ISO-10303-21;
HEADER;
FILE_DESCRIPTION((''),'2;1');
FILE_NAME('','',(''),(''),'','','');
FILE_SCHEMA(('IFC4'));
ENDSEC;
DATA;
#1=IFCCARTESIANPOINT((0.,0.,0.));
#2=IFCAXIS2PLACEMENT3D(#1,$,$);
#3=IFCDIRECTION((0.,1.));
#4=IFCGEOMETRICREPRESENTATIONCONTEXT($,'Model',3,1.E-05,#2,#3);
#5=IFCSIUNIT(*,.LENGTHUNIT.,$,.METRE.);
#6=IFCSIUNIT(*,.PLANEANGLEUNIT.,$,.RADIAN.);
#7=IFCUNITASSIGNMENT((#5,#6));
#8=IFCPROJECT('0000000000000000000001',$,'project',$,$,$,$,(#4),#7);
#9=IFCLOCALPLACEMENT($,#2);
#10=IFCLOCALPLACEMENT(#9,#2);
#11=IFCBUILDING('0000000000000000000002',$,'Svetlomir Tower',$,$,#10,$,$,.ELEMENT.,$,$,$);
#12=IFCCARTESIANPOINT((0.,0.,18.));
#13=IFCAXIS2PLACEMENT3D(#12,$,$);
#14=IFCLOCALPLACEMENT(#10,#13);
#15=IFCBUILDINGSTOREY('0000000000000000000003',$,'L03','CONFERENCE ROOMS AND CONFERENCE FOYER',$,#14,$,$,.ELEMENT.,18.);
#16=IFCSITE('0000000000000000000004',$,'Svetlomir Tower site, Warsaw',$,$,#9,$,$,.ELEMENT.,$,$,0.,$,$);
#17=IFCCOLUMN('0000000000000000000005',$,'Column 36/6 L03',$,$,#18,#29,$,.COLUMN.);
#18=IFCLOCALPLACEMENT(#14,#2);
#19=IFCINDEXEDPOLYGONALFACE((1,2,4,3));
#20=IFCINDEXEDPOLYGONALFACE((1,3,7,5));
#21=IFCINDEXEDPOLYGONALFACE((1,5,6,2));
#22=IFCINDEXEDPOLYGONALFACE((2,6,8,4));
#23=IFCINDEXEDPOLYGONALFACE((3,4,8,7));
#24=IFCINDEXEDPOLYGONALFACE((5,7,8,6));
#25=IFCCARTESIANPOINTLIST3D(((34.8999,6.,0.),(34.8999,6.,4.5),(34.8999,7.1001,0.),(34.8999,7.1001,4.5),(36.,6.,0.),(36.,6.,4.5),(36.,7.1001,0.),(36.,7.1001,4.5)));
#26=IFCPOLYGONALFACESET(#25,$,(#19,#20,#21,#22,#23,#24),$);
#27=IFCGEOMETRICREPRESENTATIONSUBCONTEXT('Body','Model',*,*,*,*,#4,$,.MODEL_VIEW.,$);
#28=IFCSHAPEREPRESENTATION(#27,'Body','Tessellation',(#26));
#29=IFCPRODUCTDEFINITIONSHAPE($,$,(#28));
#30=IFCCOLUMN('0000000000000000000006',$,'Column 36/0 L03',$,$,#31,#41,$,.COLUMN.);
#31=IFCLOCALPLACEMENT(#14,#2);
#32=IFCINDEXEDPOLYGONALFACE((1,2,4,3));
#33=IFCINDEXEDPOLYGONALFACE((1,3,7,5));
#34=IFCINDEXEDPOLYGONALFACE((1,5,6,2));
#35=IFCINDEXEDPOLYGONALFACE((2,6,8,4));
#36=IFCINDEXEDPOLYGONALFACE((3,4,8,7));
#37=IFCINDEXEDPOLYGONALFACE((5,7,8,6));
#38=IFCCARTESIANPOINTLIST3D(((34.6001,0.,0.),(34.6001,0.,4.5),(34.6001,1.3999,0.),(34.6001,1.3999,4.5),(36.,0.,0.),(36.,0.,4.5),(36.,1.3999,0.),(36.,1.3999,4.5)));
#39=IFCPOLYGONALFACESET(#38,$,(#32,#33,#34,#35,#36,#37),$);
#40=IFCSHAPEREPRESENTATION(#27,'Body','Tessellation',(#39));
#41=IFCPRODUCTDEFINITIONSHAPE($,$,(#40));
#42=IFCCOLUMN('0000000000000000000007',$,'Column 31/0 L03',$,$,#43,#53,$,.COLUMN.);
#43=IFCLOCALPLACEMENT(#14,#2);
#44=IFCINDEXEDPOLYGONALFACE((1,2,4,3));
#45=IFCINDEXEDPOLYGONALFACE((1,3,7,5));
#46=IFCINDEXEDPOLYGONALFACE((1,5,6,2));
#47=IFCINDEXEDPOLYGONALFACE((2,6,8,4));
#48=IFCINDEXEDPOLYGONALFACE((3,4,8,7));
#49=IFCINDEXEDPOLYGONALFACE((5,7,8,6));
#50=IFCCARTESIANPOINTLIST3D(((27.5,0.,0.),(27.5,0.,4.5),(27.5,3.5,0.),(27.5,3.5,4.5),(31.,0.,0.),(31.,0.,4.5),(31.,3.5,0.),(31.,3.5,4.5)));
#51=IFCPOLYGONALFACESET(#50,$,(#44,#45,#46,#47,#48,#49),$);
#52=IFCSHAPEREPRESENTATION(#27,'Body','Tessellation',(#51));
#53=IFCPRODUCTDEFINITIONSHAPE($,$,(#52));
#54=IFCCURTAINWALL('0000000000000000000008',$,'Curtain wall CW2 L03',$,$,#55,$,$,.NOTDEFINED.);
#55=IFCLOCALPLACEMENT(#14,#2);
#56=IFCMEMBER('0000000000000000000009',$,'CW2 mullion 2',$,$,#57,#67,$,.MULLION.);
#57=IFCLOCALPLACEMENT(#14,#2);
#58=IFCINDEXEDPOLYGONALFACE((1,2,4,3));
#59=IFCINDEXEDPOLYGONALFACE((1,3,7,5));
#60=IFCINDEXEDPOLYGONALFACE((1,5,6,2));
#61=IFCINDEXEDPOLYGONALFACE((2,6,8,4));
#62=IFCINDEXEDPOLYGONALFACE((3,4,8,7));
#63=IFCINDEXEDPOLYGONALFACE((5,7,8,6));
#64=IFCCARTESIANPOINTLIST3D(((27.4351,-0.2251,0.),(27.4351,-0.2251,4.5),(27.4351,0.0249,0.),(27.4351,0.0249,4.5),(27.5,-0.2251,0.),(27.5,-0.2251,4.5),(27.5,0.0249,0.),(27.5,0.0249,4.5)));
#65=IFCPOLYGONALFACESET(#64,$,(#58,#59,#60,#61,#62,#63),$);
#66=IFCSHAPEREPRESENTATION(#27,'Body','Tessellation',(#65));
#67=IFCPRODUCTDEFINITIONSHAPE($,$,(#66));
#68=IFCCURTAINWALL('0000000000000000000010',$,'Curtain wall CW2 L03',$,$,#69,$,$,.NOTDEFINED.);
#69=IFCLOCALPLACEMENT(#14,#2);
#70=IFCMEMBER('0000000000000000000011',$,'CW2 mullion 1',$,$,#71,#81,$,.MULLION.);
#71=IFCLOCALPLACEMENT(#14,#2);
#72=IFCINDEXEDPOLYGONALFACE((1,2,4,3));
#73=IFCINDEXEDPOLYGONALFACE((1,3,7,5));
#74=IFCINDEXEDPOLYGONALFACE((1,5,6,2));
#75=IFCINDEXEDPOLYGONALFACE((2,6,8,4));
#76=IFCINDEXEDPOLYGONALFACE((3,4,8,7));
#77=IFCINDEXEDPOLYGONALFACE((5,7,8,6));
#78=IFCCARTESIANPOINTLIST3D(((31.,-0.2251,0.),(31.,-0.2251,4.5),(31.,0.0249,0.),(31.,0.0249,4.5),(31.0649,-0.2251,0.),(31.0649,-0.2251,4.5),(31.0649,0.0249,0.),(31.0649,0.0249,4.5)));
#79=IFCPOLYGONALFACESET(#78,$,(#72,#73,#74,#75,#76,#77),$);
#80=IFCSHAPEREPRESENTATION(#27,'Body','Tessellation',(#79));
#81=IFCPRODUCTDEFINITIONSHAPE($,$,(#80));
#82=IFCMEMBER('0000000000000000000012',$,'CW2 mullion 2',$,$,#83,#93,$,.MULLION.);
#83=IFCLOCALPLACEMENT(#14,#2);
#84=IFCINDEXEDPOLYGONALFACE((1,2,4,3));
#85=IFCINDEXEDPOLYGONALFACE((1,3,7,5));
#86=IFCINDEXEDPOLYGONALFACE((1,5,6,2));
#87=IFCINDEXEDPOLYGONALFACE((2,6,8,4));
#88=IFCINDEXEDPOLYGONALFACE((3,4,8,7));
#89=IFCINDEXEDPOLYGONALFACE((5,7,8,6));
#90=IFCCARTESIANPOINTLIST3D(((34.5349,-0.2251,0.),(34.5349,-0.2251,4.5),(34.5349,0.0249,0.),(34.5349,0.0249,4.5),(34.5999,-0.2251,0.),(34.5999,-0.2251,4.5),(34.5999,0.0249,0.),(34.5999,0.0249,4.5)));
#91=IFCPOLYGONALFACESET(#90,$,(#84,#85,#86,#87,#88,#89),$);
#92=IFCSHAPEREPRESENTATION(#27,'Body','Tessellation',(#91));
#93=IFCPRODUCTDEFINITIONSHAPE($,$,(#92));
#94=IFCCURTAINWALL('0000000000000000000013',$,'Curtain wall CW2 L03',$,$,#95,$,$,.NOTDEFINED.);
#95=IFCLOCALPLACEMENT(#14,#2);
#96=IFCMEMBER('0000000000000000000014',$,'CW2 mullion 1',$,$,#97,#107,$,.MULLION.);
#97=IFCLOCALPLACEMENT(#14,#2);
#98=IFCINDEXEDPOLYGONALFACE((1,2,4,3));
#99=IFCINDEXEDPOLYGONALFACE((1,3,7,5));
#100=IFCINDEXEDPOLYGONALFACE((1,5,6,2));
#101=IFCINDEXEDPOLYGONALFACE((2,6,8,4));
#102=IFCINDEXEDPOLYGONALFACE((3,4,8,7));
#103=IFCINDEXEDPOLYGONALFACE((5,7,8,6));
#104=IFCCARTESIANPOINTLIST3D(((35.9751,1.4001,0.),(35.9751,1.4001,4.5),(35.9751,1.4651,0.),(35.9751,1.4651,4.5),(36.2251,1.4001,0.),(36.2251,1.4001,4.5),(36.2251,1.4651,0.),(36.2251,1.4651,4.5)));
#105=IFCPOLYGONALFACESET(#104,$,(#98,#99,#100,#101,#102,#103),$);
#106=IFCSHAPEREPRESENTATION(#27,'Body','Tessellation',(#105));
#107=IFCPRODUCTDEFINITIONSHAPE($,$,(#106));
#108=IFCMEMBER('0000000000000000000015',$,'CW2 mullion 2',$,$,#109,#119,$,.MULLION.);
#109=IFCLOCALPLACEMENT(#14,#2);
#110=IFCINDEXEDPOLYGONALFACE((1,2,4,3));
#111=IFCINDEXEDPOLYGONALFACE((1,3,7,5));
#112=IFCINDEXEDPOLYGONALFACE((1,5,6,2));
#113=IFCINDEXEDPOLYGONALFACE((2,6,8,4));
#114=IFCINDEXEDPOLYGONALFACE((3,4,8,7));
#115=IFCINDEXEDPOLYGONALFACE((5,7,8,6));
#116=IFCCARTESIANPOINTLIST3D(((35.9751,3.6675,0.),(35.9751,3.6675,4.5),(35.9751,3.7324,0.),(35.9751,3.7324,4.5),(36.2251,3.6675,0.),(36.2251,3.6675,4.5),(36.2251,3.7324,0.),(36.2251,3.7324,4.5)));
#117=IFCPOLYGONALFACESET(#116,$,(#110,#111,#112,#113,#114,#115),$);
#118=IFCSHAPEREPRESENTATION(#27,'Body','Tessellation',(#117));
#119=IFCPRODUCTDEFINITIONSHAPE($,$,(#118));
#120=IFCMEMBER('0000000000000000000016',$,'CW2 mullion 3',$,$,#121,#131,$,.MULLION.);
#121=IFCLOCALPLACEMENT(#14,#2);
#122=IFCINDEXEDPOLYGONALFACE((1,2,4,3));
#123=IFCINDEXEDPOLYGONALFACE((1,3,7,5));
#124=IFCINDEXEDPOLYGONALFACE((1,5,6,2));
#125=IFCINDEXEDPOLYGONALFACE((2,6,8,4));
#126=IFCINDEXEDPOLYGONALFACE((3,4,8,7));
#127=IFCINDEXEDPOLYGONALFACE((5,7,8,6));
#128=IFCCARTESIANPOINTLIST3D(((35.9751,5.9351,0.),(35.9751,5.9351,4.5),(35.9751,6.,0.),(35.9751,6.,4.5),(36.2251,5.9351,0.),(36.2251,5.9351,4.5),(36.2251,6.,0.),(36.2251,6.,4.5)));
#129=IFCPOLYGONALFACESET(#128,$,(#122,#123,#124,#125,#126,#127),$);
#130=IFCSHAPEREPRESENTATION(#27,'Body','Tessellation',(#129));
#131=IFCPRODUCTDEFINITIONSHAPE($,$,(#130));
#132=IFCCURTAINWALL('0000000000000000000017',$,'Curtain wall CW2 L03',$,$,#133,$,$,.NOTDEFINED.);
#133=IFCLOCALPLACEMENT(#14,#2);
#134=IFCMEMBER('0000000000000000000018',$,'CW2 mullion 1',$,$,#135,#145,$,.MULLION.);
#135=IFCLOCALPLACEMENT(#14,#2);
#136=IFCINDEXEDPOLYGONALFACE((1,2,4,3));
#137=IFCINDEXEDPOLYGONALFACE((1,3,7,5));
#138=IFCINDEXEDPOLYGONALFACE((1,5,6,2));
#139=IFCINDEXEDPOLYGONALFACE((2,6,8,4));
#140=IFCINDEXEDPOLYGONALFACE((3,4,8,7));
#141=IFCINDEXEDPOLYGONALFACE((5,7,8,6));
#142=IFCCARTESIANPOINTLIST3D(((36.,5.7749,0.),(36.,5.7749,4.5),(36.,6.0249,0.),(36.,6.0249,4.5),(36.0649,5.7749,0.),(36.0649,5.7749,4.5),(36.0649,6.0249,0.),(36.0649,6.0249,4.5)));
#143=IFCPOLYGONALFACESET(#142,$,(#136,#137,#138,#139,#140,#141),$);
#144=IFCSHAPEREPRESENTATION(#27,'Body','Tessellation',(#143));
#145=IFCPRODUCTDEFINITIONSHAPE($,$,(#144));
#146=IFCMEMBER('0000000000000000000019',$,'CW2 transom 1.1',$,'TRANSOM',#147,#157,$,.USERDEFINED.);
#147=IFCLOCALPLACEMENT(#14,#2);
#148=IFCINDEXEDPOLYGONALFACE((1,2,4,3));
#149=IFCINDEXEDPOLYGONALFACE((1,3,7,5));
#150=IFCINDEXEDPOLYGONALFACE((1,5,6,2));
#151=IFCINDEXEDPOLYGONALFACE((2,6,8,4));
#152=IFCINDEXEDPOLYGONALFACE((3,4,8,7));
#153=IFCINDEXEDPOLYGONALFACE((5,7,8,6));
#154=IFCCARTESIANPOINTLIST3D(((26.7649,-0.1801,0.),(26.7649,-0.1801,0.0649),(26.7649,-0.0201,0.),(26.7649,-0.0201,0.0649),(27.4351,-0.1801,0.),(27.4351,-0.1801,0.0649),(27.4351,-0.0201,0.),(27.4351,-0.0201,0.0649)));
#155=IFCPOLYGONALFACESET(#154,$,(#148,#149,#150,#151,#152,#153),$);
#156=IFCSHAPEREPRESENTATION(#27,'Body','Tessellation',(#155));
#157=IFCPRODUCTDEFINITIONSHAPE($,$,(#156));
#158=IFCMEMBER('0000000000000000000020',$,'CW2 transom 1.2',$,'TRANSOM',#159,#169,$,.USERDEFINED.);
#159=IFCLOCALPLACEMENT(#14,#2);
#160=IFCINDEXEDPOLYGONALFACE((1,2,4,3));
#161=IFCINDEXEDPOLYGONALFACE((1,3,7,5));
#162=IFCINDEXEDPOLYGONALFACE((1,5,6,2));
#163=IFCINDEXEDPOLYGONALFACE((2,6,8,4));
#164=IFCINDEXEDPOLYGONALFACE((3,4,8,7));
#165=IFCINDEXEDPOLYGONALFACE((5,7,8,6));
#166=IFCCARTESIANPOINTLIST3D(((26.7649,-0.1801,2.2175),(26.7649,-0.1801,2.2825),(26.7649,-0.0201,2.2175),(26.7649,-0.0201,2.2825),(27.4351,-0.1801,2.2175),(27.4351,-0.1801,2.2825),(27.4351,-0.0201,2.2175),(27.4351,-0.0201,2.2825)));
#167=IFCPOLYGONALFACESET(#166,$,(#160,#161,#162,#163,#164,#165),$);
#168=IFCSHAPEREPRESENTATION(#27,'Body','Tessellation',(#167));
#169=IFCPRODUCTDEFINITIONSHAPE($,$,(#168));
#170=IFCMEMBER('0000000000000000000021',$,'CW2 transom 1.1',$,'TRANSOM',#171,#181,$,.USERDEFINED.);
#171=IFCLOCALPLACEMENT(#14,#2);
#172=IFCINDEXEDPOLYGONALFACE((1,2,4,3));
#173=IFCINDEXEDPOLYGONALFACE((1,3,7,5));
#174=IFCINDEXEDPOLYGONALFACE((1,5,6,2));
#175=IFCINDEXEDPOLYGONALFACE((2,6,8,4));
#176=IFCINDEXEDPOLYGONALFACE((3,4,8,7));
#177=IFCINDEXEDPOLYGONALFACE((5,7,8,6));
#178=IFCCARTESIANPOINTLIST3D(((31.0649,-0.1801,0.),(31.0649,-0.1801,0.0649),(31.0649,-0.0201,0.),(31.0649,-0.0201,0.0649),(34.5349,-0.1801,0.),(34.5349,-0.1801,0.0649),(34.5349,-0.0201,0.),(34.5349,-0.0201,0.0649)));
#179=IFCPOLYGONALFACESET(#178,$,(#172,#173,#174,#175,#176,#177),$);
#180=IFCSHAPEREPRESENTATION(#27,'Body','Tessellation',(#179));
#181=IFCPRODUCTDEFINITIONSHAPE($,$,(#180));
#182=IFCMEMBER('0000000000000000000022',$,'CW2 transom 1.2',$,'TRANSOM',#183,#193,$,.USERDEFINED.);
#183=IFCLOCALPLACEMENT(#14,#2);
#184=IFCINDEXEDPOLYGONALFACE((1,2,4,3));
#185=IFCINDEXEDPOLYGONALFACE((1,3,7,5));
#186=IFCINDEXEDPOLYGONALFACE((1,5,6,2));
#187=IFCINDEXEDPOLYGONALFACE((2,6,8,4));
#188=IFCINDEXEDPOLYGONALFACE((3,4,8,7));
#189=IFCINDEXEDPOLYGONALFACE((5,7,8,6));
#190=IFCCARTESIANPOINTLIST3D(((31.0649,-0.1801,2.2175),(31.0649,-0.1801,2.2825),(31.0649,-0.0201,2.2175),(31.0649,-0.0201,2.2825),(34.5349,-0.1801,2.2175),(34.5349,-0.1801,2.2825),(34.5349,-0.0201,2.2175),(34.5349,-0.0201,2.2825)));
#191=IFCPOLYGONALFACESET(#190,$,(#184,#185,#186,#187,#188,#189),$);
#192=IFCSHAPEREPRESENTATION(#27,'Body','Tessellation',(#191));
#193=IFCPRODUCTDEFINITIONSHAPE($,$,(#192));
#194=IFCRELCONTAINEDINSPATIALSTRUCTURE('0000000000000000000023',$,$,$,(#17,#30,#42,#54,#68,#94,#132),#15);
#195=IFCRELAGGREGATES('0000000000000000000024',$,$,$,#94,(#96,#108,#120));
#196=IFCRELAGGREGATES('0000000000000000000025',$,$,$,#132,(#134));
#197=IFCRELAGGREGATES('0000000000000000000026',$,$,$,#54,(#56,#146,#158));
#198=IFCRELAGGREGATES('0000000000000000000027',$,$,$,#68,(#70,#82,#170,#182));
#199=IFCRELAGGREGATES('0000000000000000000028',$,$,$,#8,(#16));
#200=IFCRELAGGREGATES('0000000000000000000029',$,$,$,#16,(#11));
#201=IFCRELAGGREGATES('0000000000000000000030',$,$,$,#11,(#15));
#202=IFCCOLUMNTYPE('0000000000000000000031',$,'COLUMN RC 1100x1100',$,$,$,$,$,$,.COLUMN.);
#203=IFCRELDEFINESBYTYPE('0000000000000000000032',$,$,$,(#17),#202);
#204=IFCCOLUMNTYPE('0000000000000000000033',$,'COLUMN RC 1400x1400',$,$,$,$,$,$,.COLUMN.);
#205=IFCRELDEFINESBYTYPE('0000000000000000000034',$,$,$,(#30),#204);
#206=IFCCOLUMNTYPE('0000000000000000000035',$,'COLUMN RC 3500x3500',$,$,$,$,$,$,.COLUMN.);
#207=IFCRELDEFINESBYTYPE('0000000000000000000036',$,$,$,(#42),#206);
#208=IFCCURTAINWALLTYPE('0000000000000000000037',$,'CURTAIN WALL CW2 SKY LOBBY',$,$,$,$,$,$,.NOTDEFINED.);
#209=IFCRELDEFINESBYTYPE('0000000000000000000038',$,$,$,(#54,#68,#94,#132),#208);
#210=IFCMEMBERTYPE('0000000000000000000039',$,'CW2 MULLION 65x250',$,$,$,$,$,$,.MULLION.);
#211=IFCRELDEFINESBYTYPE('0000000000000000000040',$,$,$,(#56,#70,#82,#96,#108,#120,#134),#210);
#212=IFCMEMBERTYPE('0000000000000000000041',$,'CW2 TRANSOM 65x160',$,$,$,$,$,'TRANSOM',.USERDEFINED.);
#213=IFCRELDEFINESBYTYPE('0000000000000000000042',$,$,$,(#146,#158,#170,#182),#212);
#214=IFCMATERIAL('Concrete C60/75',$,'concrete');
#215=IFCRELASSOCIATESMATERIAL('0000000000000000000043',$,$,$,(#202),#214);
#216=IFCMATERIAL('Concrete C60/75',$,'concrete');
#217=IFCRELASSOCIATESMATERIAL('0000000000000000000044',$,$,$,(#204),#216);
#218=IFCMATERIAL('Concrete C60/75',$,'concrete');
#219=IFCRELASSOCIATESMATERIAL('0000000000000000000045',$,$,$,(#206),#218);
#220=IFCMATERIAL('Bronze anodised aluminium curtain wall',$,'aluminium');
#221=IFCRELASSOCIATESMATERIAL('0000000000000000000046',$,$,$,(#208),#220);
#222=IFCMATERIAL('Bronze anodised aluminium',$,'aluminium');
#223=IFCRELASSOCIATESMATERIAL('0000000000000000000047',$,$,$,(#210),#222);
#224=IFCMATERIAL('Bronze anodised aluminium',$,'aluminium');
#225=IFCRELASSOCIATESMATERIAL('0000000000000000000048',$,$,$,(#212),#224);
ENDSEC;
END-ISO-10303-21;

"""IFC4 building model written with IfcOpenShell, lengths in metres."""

from ifc_helpers import new_model, si_unit, direction, frame, origin, origin_2d, place, context, subcontext, project, spatial, rectangle, extrude, material, material_profile, profile_set, type_object, element, aggregate, save


model = new_model("IFC4")

# Units and contexts
model_context = context("Model", 3, precision=1e-05, world=origin(), true_north=direction((0.0, 1.0)))
body_context = subcontext(model_context, "Body", "Model", "MODEL_VIEW")
ifc_project = project(units=[si_unit("LENGTHUNIT", "METRE"), si_unit("PLANEANGLEUNIT", "RADIAN")], contexts=[model_context])

# Site, building, storey
site_placement = place(None, origin())
site = spatial("IfcSite", under=ifc_project, at=site_placement, Name="Svetlomir Tower site, Warsaw", CompositionType="ELEMENT", RefElevation=0.0)
building_placement = place(site_placement, origin())
building = spatial("IfcBuilding", under=site, at=building_placement, Name="Svetlomir Tower", CompositionType="ELEMENT")
storey_placement = place(building_placement, frame((0.0, 0.0, 18.0)))
storey = spatial("IfcBuildingStorey", under=building, at=storey_placement, Name="L03", Description="CONFERENCE ROOMS AND CONFERENCE FOYER", CompositionType="ELEMENT", Elevation=18.0)

# Columns
ifc_material_1 = material(Name="Concrete C60/75", Category="concrete")
ifc_material_profile_1 = material_profile(ifc_material_1, rectangle(XDim=1.1001, YDim=1.1001, at=origin_2d()), Name="RC 1100x1100")
ifc_profile_set_1 = profile_set([ifc_material_profile_1], Name="Concrete C60/75")
column_type_1 = type_object("IfcColumnType", Name="COLUMN RC 1100x1100", PredefinedType="COLUMN", material=ifc_profile_set_1)
column_1_placement = place(storey_placement, frame((35.45, 6.55, 0.0), z_axis=(0.0, 0.0, 1.0), x_axis=(1.0, 0.0, 0.0)))
element("IfcColumn", 1, at=column_1_placement, inside=storey, type_object=column_type_1, Name="Column 36/6 L03", PredefinedType="COLUMN", context=body_context, shape_type="SweptSolid", body=[
    extrude(rectangle(XDim=1.1001, YDim=1.1001, at=origin_2d()), origin(), (0.0, 0.0, 1.0), 4.5),
])
ifc_material_2 = material(Name="Concrete C60/75", Category="concrete")
ifc_material_profile_2 = material_profile(ifc_material_2, rectangle(XDim=1.3999, YDim=1.3999, at=origin_2d()), Name="RC 1400x1400")
ifc_profile_set_2 = profile_set([ifc_material_profile_2], Name="Concrete C60/75")
column_type_2 = type_object("IfcColumnType", Name="COLUMN RC 1400x1400", PredefinedType="COLUMN", material=ifc_profile_set_2)
column_2_placement = place(storey_placement, frame((35.3, 0.7, 0.0), z_axis=(0.0, 0.0, 1.0), x_axis=(1.0, 0.0, 0.0)))
element("IfcColumn", 2, at=column_2_placement, inside=storey, type_object=column_type_2, Name="Column 36/0 L03", PredefinedType="COLUMN", context=body_context, shape_type="SweptSolid", body=[
    extrude(rectangle(XDim=1.3999, YDim=1.3999, at=origin_2d()), origin(), (0.0, 0.0, 1.0), 4.5),
])
ifc_material_3 = material(Name="Concrete C60/75", Category="concrete")
ifc_material_profile_3 = material_profile(ifc_material_3, rectangle(XDim=3.5, YDim=3.5, at=origin_2d()), Name="RC 3500x3500")
ifc_profile_set_3 = profile_set([ifc_material_profile_3], Name="Concrete C60/75")
column_type_3 = type_object("IfcColumnType", Name="COLUMN RC 3500x3500", PredefinedType="COLUMN", material=ifc_profile_set_3)
column_3_placement = place(storey_placement, frame((29.25, 1.75, 0.0), z_axis=(0.0, 0.0, 1.0), x_axis=(1.0, 0.0, 0.0)))
element("IfcColumn", 3, at=column_3_placement, inside=storey, type_object=column_type_3, Name="Column 31/0 L03", PredefinedType="COLUMN", context=body_context, shape_type="SweptSolid", body=[
    extrude(rectangle(XDim=3.5, YDim=3.5, at=origin_2d()), origin(), (0.0, 0.0, 1.0), 4.5),
])

# Curtain wall, member
ifc_material_4 = material(Name="Bronze anodised aluminium curtain wall", Category="aluminium")
curtain_wall_type = type_object("IfcCurtainWallType", Name="CURTAIN WALL CW2 SKY LOBBY", PredefinedType="NOTDEFINED", material=ifc_material_4)
curtain_wall_1_placement = place(storey_placement, origin())
curtain_wall_1 = element("IfcCurtainWall", 4, at=curtain_wall_1_placement, inside=storey, type_object=curtain_wall_type, Name="Curtain wall CW2 L03", PredefinedType="NOTDEFINED")
ifc_material_5 = material(Name="Bronze anodised aluminium", Category="aluminium")
ifc_material_profile_4 = material_profile(ifc_material_5, rectangle(XDim=0.0649, YDim=0.25, at=origin_2d()), Name="AL 65x250")
ifc_profile_set_4 = profile_set([ifc_material_profile_4], Name="Bronze anodised aluminium 6063-T6")
member_type_1 = type_object("IfcMemberType", Name="CW2 MULLION 65x250", PredefinedType="MULLION", material=ifc_profile_set_4)
member_1_placement = place(storey_placement, frame((27.4675, -0.1001, 0.0), z_axis=(0.0, 0.0, 1.0), x_axis=(1.0, 0.0, 0.0)))
member_1 = element("IfcMember", 5, at=member_1_placement, type_object=member_type_1, Name="CW2 mullion 2", PredefinedType="MULLION", context=body_context, shape_type="SweptSolid", body=[
    extrude(rectangle(XDim=0.0649, YDim=0.25, at=origin_2d()), origin(), (0.0, 0.0, 1.0), 4.5),
])

# Curtain walls, members
curtain_wall_2_placement = place(storey_placement, origin())
curtain_wall_2 = element("IfcCurtainWall", 6, at=curtain_wall_2_placement, inside=storey, type_object=curtain_wall_type, Name="Curtain wall CW2 L03", PredefinedType="NOTDEFINED")
member_2_placement = place(storey_placement, frame((31.0325, -0.1001, 0.0), z_axis=(0.0, 0.0, 1.0), x_axis=(1.0, 0.0, 0.0)))
member_2 = element("IfcMember", 7, at=member_2_placement, type_object=member_type_1, Name="CW2 mullion 1", PredefinedType="MULLION", context=body_context, shape_type="SweptSolid", body=[
    extrude(rectangle(XDim=0.0649, YDim=0.25, at=origin_2d()), origin(), (0.0, 0.0, 1.0), 4.5),
])
member_3_placement = place(storey_placement, frame((34.5674, -0.1001, 0.0), z_axis=(0.0, 0.0, 1.0), x_axis=(1.0, 0.0, 0.0)))
member_3 = element("IfcMember", 8, at=member_3_placement, type_object=member_type_1, Name="CW2 mullion 2", PredefinedType="MULLION", context=body_context, shape_type="SweptSolid", body=[
    extrude(rectangle(XDim=0.0649, YDim=0.25, at=origin_2d()), origin(), (0.0, 0.0, 1.0), 4.5),
])
curtain_wall_3_placement = place(storey_placement, origin())
curtain_wall_3 = element("IfcCurtainWall", 9, at=curtain_wall_3_placement, inside=storey, type_object=curtain_wall_type, Name="Curtain wall CW2 L03", PredefinedType="NOTDEFINED")
member_4_placement = place(storey_placement, frame((36.1001, 1.4326, 0.0), z_axis=(0.0, 0.0, 1.0), x_axis=(0.0, 1.0, 0.0)))
member_4 = element("IfcMember", 10, at=member_4_placement, type_object=member_type_1, Name="CW2 mullion 1", PredefinedType="MULLION", context=body_context, shape_type="SweptSolid", body=[
    extrude(rectangle(XDim=0.0649, YDim=0.25, at=origin_2d()), origin(), (0.0, 0.0, 1.0), 4.5),
])
member_5_placement = place(storey_placement, frame((36.1001, 3.7, 0.0), z_axis=(0.0, 0.0, 1.0), x_axis=(0.0, 1.0, 0.0)))
member_5 = element("IfcMember", 11, at=member_5_placement, type_object=member_type_1, Name="CW2 mullion 2", PredefinedType="MULLION", context=body_context, shape_type="SweptSolid", body=[
    extrude(rectangle(XDim=0.0649, YDim=0.25, at=origin_2d()), origin(), (0.0, 0.0, 1.0), 4.5),
])
member_6_placement = place(storey_placement, frame((36.1001, 5.9675, 0.0), z_axis=(0.0, 0.0, 1.0), x_axis=(0.0, 1.0, 0.0)))
member_6 = element("IfcMember", 12, at=member_6_placement, type_object=member_type_1, Name="CW2 mullion 3", PredefinedType="MULLION", context=body_context, shape_type="SweptSolid", body=[
    extrude(rectangle(XDim=0.0649, YDim=0.25, at=origin_2d()), origin(), (0.0, 0.0, 1.0), 4.5),
])

# Curtain wall, member
curtain_wall_4_placement = place(storey_placement, origin())
curtain_wall_4 = element("IfcCurtainWall", 13, at=curtain_wall_4_placement, inside=storey, type_object=curtain_wall_type, Name="Curtain wall CW2 L03", PredefinedType="NOTDEFINED")
member_7_placement = place(storey_placement, frame((36.0325, 5.8999, 0.0), z_axis=(0.0, 0.0, 1.0), x_axis=(1.0, 0.0, 0.0)))
member_7 = element("IfcMember", 14, at=member_7_placement, type_object=member_type_1, Name="CW2 mullion 1", PredefinedType="MULLION", context=body_context, shape_type="SweptSolid", body=[
    extrude(rectangle(XDim=0.0649, YDim=0.25, at=origin_2d()), origin(), (0.0, 0.0, 1.0), 4.5),
])

# Members
ifc_material_6 = material(Name="Bronze anodised aluminium", Category="aluminium")
ifc_material_profile_5 = material_profile(ifc_material_6, rectangle(XDim=0.1599, YDim=0.0649, at=origin_2d()), Name="AL 160x65")
ifc_profile_set_5 = profile_set([ifc_material_profile_5], Name="Bronze anodised aluminium 6063-T6")
member_type_2 = type_object("IfcMemberType", Name="CW2 TRANSOM 65x160", ElementType="TRANSOM", PredefinedType="USERDEFINED", material=ifc_profile_set_5)
member_8_placement = place(storey_placement, frame((26.7649, -0.1001, 0.0325), z_axis=(1.0, 0.0, 0.0), x_axis=(0.0, 1.0, 0.0)))
member_8 = element("IfcMember", 15, at=member_8_placement, type_object=member_type_2, Name="CW2 transom 1.1", ObjectType="TRANSOM", PredefinedType="USERDEFINED", context=body_context, shape_type="SweptSolid", body=[
    extrude(rectangle(XDim=0.1599, YDim=0.0649, at=origin_2d()), origin(), (0.0, 0.0, 1.0), 0.6702),
])
member_9_placement = place(storey_placement, frame((26.7649, -0.1001, 2.25), z_axis=(1.0, 0.0, 0.0), x_axis=(0.0, 1.0, 0.0)))
member_9 = element("IfcMember", 16, at=member_9_placement, type_object=member_type_2, Name="CW2 transom 1.2", ObjectType="TRANSOM", PredefinedType="USERDEFINED", context=body_context, shape_type="SweptSolid", body=[
    extrude(rectangle(XDim=0.1599, YDim=0.0649, at=origin_2d()), origin(), (0.0, 0.0, 1.0), 0.6702),
])
member_10_placement = place(storey_placement, frame((31.0649, -0.1001, 0.0325), z_axis=(1.0, 0.0, 0.0), x_axis=(0.0, 1.0, 0.0)))
member_10 = element("IfcMember", 17, at=member_10_placement, type_object=member_type_2, Name="CW2 transom 1.1", ObjectType="TRANSOM", PredefinedType="USERDEFINED", context=body_context, shape_type="SweptSolid", body=[
    extrude(rectangle(XDim=0.1599, YDim=0.0649, at=origin_2d()), origin(), (0.0, 0.0, 1.0), 3.47),
])
member_11_placement = place(storey_placement, frame((31.0649, -0.1001, 2.25), z_axis=(1.0, 0.0, 0.0), x_axis=(0.0, 1.0, 0.0)))
member_11 = element("IfcMember", 18, at=member_11_placement, type_object=member_type_2, Name="CW2 transom 1.2", ObjectType="TRANSOM", PredefinedType="USERDEFINED", context=body_context, shape_type="SweptSolid", body=[
    extrude(rectangle(XDim=0.1599, YDim=0.0649, at=origin_2d()), origin(), (0.0, 0.0, 1.0), 3.47),
])
aggregate(curtain_wall_3, [member_4, member_5, member_6])
aggregate(curtain_wall_4, [member_7])

aggregate(curtain_wall_1, [member_1, member_8, member_9])
aggregate(curtain_wall_2, [member_2, member_3, member_10, member_11])

save(model, "model.ifc")
